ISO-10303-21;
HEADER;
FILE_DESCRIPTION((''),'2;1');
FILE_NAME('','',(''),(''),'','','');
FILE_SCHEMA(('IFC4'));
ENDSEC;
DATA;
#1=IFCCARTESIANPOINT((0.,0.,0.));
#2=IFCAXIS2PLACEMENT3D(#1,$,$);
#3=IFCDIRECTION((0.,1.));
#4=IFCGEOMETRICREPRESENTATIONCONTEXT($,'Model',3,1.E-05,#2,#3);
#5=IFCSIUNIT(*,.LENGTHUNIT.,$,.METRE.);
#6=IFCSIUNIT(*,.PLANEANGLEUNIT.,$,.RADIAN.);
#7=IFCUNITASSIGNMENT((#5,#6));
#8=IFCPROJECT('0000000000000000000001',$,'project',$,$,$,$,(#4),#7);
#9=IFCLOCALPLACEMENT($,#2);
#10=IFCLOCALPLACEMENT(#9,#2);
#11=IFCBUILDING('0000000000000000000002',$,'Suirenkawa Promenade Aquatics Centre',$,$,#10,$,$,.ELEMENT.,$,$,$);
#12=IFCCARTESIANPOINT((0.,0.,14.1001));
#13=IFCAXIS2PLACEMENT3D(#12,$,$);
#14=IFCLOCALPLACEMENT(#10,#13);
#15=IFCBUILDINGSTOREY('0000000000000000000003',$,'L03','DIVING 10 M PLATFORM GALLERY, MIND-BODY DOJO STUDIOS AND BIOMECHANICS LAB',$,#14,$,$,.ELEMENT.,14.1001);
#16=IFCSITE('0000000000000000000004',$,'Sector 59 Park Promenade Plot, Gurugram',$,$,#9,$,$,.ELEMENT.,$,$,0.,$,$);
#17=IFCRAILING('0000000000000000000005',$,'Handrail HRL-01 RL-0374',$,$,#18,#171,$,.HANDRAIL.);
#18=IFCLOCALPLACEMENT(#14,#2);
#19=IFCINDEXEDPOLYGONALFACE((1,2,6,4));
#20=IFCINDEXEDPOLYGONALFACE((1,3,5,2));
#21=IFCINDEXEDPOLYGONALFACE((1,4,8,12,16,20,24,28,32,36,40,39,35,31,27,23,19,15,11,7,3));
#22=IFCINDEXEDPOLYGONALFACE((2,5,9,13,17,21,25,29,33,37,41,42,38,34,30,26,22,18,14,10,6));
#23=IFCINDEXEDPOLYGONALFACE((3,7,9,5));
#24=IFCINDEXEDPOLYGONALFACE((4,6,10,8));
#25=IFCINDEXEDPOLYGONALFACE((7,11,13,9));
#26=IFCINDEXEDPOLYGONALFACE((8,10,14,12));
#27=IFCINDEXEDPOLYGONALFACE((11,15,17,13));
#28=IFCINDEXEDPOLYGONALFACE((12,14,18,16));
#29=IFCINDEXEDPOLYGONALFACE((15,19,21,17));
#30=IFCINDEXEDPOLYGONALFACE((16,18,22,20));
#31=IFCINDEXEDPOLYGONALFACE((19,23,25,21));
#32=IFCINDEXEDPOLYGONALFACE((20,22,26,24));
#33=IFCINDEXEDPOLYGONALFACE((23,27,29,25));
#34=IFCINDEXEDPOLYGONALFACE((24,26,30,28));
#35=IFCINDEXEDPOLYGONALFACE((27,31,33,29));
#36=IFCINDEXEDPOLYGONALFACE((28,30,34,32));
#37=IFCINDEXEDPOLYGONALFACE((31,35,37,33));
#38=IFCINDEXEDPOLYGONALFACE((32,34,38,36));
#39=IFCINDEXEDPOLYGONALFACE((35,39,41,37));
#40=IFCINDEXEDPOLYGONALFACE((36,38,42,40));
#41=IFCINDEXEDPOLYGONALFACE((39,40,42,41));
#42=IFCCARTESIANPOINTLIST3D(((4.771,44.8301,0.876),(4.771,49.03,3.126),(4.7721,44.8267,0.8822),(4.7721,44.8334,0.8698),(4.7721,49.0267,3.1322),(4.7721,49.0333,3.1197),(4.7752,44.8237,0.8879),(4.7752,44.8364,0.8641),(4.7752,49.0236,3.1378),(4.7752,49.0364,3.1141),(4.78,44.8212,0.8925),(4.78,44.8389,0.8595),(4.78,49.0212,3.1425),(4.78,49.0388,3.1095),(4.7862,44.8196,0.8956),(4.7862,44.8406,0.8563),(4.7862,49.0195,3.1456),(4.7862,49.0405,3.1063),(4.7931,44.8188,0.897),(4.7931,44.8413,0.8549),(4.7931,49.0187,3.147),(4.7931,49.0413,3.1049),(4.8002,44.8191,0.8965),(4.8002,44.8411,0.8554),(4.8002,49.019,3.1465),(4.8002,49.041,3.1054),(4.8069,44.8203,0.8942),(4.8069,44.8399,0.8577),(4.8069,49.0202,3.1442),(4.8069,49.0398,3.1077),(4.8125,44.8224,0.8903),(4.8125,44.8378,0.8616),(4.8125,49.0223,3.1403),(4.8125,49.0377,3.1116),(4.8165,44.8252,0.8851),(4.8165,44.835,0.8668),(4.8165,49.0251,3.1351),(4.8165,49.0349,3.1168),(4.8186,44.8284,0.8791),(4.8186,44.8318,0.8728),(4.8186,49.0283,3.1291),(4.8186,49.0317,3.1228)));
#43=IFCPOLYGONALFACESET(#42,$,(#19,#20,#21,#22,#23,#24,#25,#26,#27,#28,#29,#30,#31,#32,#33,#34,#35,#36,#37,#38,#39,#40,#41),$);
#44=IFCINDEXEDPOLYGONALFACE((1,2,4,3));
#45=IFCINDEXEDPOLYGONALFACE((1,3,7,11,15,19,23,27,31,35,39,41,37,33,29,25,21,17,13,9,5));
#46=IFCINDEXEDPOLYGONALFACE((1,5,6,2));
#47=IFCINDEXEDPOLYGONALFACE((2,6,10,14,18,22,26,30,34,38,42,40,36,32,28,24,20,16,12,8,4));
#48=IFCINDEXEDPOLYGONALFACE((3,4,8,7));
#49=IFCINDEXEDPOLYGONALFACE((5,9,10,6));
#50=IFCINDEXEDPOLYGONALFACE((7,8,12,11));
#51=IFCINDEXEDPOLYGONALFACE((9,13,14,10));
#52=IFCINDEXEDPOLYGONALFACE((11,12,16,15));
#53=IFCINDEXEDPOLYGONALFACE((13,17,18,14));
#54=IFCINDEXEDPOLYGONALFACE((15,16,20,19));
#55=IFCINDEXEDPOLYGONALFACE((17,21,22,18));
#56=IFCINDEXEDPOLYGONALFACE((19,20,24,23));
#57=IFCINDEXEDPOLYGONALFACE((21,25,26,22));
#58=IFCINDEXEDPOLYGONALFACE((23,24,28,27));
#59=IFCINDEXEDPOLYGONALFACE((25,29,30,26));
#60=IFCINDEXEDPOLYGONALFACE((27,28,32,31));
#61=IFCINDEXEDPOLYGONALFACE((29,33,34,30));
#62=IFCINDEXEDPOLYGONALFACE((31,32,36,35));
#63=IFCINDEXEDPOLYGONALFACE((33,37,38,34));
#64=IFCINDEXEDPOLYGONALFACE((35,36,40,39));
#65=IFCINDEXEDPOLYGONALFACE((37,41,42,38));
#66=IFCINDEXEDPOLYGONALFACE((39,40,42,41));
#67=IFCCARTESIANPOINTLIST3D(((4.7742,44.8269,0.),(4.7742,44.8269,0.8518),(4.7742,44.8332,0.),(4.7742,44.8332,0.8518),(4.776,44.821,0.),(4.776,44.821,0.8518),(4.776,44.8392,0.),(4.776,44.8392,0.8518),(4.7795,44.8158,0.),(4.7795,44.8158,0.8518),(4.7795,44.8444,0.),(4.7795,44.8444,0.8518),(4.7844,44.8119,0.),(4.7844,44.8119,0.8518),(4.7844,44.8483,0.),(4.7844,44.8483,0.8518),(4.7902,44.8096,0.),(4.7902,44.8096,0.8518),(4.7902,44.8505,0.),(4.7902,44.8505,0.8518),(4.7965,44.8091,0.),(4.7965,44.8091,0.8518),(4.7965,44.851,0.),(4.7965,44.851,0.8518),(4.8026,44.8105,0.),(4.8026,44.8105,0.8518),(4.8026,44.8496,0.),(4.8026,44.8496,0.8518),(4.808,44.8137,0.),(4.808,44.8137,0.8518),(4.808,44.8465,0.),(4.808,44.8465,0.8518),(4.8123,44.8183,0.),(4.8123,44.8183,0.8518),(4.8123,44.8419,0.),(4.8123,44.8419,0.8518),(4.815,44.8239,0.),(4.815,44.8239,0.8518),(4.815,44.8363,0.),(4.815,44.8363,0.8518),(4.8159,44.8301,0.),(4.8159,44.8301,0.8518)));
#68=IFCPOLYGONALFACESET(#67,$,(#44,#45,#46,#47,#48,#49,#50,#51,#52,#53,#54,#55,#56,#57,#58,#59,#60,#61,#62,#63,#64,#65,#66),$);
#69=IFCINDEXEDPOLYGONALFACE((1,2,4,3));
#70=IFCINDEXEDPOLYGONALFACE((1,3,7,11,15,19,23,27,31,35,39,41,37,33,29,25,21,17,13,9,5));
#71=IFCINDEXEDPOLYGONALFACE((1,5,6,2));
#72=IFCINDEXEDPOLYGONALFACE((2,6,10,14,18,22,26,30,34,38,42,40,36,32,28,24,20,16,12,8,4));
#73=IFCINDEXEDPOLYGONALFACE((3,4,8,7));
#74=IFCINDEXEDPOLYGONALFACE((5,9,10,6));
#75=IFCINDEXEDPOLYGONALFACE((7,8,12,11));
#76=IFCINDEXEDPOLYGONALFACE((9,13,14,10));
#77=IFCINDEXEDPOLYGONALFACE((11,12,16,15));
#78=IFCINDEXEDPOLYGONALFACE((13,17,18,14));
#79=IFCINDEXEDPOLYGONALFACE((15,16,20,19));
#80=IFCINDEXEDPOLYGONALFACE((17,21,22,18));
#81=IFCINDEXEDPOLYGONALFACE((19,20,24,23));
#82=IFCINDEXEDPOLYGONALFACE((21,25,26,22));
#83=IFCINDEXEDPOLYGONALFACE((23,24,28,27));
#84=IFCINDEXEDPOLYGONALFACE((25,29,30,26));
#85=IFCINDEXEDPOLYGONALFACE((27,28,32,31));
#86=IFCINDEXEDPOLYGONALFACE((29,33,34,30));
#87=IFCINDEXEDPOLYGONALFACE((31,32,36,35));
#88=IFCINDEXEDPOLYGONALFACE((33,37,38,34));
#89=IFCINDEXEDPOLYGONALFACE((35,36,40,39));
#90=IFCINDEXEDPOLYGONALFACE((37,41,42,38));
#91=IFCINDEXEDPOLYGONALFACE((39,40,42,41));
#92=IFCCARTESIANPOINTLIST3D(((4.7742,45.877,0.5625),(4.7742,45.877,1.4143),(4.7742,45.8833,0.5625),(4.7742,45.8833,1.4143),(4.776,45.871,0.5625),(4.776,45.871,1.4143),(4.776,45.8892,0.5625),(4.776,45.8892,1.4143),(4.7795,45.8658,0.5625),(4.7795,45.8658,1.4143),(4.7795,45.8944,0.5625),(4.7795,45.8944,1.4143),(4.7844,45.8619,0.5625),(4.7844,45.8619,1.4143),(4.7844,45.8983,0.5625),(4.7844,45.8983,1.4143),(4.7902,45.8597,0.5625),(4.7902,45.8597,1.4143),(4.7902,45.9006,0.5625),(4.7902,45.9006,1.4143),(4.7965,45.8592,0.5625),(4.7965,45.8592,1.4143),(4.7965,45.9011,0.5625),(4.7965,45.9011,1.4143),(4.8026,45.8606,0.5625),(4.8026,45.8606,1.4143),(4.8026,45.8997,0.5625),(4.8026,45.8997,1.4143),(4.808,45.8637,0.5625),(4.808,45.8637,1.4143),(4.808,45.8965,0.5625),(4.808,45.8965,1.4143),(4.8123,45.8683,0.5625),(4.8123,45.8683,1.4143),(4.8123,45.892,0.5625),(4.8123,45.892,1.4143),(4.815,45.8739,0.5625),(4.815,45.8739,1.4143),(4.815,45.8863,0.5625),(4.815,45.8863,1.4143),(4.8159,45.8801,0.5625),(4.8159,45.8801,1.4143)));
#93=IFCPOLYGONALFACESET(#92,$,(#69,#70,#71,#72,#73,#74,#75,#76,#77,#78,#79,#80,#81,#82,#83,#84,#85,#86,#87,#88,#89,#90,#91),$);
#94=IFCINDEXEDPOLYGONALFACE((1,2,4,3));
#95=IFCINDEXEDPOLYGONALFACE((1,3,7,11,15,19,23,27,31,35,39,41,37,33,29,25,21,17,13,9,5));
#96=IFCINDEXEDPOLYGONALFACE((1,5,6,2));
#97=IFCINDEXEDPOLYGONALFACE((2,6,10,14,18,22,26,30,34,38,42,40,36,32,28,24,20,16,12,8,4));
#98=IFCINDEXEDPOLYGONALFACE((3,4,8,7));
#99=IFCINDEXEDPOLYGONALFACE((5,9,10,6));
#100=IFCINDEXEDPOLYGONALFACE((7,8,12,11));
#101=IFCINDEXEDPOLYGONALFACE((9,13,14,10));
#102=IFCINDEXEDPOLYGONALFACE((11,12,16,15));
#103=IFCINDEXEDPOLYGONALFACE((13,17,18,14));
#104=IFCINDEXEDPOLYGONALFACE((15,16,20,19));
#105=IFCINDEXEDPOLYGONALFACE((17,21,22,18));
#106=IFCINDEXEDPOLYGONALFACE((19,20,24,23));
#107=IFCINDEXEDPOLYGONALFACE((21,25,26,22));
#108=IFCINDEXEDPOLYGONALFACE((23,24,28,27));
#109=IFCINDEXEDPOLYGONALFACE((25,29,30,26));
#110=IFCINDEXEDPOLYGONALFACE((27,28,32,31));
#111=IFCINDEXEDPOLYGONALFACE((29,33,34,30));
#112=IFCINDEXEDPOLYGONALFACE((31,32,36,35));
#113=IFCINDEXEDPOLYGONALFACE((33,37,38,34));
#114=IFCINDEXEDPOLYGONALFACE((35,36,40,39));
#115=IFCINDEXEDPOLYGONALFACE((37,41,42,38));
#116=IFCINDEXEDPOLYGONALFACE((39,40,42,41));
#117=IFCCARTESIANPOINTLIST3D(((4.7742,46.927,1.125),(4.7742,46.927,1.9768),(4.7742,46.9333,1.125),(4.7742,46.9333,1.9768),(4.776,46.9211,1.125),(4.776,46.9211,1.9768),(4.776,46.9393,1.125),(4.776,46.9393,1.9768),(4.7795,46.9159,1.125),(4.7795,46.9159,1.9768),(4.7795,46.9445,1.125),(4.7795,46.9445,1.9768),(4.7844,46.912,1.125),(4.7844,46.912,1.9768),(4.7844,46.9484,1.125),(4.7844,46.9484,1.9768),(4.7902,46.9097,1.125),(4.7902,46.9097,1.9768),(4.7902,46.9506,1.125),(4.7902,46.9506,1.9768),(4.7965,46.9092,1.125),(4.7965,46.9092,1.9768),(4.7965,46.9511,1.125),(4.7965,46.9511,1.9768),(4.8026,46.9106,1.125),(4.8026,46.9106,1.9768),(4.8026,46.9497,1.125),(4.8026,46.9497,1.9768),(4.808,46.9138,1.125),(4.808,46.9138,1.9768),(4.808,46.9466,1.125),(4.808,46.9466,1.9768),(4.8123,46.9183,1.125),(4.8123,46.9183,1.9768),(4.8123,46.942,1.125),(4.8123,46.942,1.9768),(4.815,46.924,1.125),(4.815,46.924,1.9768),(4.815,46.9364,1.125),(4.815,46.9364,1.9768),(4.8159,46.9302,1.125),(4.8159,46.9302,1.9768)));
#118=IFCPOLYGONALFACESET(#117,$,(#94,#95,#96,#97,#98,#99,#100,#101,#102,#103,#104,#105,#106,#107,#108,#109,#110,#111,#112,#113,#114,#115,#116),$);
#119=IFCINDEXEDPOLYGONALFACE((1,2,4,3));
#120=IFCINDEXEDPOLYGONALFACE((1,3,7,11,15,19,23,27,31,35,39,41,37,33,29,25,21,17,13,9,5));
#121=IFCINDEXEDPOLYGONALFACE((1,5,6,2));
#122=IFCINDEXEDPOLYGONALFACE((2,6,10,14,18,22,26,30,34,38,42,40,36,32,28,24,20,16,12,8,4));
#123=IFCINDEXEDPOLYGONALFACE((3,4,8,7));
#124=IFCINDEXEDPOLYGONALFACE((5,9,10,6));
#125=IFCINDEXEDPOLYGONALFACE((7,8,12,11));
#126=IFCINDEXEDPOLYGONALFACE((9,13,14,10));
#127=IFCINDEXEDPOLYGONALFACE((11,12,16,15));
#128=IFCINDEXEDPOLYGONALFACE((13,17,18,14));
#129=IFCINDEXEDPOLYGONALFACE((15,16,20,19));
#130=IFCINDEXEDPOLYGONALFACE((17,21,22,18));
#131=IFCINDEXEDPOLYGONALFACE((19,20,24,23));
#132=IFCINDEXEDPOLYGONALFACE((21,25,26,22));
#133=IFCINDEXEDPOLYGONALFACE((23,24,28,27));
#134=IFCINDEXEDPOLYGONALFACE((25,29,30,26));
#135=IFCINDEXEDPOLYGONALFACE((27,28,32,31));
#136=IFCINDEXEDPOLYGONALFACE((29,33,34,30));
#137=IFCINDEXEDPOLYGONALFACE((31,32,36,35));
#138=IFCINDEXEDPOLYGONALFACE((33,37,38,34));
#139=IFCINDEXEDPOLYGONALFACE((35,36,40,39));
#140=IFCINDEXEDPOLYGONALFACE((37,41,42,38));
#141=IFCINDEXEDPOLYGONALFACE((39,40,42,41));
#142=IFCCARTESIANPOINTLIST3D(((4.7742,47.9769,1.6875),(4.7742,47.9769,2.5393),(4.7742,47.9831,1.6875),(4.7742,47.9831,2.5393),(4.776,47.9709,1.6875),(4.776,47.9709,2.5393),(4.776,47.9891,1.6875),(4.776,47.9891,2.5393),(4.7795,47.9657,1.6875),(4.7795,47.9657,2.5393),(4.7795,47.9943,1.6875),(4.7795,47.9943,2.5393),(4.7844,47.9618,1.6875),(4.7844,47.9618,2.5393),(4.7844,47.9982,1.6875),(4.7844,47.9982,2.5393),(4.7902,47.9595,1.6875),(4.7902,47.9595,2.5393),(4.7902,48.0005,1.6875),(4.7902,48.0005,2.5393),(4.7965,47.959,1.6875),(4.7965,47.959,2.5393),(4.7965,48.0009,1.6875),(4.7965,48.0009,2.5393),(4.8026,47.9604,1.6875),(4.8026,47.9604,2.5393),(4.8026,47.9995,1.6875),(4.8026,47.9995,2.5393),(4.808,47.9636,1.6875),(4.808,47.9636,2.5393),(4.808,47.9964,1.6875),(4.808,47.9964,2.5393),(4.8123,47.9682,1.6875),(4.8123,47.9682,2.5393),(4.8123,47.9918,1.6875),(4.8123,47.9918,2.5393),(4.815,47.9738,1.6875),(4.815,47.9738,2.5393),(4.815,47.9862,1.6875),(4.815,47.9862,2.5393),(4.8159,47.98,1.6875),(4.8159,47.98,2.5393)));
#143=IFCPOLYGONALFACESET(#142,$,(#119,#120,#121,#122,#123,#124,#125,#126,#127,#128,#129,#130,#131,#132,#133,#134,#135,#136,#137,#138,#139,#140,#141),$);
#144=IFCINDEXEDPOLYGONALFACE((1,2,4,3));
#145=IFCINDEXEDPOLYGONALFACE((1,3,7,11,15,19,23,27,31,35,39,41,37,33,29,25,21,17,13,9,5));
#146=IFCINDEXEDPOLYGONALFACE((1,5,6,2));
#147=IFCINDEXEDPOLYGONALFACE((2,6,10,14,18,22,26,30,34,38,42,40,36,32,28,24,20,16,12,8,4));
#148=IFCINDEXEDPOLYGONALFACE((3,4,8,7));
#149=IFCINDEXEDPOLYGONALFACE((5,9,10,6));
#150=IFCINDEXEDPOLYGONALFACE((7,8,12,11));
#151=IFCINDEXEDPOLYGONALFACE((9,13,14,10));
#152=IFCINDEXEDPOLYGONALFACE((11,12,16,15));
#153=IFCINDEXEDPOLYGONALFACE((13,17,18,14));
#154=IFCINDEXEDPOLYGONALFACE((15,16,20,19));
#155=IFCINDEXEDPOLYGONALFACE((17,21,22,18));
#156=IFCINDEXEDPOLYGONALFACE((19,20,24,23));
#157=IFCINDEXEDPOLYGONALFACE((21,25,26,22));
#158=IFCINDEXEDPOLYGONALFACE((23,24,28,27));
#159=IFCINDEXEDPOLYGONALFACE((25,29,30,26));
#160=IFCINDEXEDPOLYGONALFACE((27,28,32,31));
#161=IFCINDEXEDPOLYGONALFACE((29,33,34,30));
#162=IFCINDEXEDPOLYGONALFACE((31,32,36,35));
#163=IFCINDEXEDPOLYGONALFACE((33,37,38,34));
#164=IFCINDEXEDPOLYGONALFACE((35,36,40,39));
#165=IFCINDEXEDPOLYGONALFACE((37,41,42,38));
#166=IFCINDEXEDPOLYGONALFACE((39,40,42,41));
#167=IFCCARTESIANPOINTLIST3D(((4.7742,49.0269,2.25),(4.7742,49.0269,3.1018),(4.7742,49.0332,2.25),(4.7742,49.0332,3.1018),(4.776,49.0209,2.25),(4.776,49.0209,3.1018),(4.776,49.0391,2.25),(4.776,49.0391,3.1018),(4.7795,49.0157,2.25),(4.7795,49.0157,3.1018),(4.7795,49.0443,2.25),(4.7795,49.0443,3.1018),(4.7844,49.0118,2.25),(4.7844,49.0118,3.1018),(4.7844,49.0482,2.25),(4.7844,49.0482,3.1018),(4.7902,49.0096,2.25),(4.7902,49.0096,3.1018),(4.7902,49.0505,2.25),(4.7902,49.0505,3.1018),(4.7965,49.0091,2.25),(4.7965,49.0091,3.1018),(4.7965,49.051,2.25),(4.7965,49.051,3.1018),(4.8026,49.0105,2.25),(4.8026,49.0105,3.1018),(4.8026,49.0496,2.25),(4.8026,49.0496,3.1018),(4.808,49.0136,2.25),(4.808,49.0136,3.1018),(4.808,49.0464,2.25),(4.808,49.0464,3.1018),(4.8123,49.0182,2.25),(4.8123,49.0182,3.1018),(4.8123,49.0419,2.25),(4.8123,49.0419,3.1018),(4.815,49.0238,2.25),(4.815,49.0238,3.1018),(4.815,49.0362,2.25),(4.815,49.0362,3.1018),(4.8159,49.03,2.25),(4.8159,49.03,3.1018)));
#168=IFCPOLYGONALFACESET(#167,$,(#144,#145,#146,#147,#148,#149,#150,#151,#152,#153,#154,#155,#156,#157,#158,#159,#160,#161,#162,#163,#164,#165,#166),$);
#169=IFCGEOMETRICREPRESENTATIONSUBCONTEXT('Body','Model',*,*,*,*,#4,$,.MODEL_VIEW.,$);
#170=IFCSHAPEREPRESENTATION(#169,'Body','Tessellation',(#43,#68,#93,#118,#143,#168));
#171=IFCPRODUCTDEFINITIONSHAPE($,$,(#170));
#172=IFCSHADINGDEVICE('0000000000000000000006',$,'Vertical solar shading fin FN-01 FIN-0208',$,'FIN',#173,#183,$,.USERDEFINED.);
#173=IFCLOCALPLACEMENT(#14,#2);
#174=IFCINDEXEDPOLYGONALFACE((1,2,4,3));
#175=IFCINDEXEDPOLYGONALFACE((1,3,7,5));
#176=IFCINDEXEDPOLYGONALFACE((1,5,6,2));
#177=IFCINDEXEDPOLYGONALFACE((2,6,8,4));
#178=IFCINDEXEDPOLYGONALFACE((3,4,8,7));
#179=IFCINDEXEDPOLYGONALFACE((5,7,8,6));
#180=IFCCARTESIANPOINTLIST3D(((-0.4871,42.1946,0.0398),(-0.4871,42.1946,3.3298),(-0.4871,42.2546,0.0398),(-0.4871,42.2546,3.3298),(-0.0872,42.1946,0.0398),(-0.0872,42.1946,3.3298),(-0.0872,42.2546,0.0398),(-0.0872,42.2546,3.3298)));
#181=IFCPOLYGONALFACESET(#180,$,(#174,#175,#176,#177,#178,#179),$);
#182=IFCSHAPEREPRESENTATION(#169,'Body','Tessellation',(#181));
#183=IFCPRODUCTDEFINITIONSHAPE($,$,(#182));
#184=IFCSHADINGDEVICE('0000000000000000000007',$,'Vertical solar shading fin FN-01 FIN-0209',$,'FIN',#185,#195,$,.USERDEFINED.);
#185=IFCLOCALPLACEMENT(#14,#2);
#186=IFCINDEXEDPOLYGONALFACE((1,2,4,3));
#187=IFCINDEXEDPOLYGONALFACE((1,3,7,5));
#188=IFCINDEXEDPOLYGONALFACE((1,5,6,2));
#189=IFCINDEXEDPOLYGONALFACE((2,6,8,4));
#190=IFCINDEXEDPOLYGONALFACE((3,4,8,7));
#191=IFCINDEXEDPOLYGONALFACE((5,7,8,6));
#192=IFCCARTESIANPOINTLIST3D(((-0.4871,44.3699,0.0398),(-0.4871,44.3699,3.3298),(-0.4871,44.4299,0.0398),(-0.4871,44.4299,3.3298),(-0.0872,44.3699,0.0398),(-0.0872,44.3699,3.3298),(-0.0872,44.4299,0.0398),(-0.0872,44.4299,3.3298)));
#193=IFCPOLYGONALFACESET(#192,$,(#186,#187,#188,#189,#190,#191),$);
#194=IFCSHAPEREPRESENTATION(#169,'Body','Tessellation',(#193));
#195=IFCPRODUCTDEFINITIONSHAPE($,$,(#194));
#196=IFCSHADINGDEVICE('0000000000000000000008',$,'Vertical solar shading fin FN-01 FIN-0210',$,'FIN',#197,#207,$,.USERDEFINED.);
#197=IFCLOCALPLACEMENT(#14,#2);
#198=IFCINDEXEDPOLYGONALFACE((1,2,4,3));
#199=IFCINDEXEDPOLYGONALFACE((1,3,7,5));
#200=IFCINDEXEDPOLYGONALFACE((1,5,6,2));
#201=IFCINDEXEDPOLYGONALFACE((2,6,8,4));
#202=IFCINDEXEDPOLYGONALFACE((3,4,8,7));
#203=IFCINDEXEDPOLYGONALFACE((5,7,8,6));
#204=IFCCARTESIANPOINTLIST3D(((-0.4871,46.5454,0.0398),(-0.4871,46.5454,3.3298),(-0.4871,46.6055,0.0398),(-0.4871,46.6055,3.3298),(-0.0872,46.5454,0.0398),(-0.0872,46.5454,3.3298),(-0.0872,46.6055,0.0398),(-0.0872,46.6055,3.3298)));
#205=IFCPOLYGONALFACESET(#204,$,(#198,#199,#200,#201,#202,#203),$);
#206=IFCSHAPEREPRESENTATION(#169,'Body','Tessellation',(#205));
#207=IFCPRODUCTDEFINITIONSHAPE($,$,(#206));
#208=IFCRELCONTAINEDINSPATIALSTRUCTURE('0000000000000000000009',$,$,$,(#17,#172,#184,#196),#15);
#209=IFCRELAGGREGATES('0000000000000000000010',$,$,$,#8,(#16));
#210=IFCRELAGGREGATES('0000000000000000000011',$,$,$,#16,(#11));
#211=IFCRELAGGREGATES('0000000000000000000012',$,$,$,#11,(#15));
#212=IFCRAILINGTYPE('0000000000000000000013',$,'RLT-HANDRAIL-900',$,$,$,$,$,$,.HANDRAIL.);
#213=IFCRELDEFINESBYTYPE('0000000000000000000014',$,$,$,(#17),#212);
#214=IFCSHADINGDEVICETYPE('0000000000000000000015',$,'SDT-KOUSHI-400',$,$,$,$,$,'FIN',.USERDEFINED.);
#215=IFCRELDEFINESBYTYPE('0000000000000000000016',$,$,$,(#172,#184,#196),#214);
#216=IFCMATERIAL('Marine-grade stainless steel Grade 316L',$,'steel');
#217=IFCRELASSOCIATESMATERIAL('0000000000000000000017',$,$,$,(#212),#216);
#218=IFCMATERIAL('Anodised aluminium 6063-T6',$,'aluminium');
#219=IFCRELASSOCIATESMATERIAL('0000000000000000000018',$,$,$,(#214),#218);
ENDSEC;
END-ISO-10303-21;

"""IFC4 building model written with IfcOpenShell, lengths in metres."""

from ifc_helpers import new_model, si_unit, direction, frame, origin, origin_2d, place, context, subcontext, project, spatial, rectangle, circle, extrude, material, type_object, element, save


model = new_model("IFC4")

# Units and contexts
model_context = context("Model", 3, precision=1e-05, world=origin(), true_north=direction((0.0, 1.0)))
body_context = subcontext(model_context, "Body", "Model", "MODEL_VIEW")
ifc_project = project(units=[si_unit("LENGTHUNIT", "METRE"), si_unit("PLANEANGLEUNIT", "RADIAN")], contexts=[model_context])

# Site, building, storey
site_placement = place(None, origin())
site = spatial("IfcSite", under=ifc_project, at=site_placement, Name="Sector 59 Park Promenade Plot, Gurugram", CompositionType="ELEMENT", RefElevation=0.0)
building_placement = place(site_placement, origin())
building = spatial("IfcBuilding", under=site, at=building_placement, Name="Suirenkawa Promenade Aquatics Centre", CompositionType="ELEMENT")
storey_placement = place(building_placement, frame((0.0, 0.0, 14.1001)))
storey = spatial("IfcBuildingStorey", under=building, at=storey_placement, Name="L03", Description="DIVING 10 M PLATFORM GALLERY, MIND-BODY DOJO STUDIOS AND BIOMECHANICS LAB", CompositionType="ELEMENT", Elevation=14.1001)

# Shared definitions
ifc_material_1 = material(Name="Anodised aluminium 6063-T6", Category="aluminium")

# Railing
ifc_material_2 = material(Name="Marine-grade stainless steel Grade 316L", Category="steel")
railing_type_1 = type_object("IfcRailingType", Name="RLT-HANDRAIL-900", PredefinedType="HANDRAIL", material=ifc_material_2)
for number, where, name in (
    (1, (4.7949, 44.8301, 0.0), "Handrail HRL-01 RL-0374"),
):
    element("IfcRailing", number, at=place(storey_placement, frame(where)), inside=storey, type_object=railing_type_1, Name=name, PredefinedType="HANDRAIL", context=body_context, shape_type="SweptSolid", body=[
        extrude(circle(Radius=0.0239, at=origin_2d()), frame((0.0, 0.0, 0.876), z_axis=(0.0, 0.881478, 0.472226), x_axis=(-1.0, 0.0, 0.0)), (0.0, 0.0, 1.0), 4.7646),
        extrude(circle(Radius=0.021, at=origin_2d()), origin(), (0.0, 0.0, 1.0), 0.8518),
        extrude(circle(Radius=0.021, at=origin_2d()), frame((0.0, 1.05, 0.5625)), (0.0, 0.0, 1.0), 0.8518),
        extrude(circle(Radius=0.021, at=origin_2d()), frame((0.0, 2.1001, 1.125)), (0.0, 0.0, 1.0), 0.8518),
        extrude(circle(Radius=0.021, at=origin_2d()), frame((0.0, 3.1499, 1.6875)), (0.0, 0.0, 1.0), 0.8518),
        extrude(circle(Radius=0.021, at=origin_2d()), frame((0.0, 4.2, 2.25)), (0.0, 0.0, 1.0), 0.8518),
    ])

# Shading devices
shading_device_type = type_object("IfcShadingDeviceType", Name="SDT-KOUSHI-400", ElementType="FIN", PredefinedType="USERDEFINED", material=ifc_material_1)
for number, where, z_axis, x_axis, name in (
    (2, (-0.2871, 42.2246, 0.0398), (0.0, 0.0, 1.0), (-1.0, 0.0, 0.0), "Vertical solar shading fin FN-01 FIN-0208"),
    (3, (-0.2871, 44.3999, 0.0398), (0.0, 0.0, 1.0), (-1.0, 0.0, 0.0), "Vertical solar shading fin FN-01 FIN-0209"),
    (4, (-0.2871, 46.5754, 0.0398), (0.0, 0.0, 1.0), (-1.0, 0.0, 0.0), "Vertical solar shading fin FN-01 FIN-0210"),
):
    element("IfcShadingDevice", number, at=place(storey_placement, frame(where, z_axis=z_axis, x_axis=x_axis)), inside=storey, type_object=shading_device_type, Name=name, ObjectType="FIN", PredefinedType="USERDEFINED", context=body_context, shape_type="SweptSolid", body=[
        extrude(rectangle(XDim=0.3999, YDim=0.0601, at=origin_2d()), origin(), (0.0, 0.0, 1.0), 3.29),
    ])

save(model, "model.ifc")
